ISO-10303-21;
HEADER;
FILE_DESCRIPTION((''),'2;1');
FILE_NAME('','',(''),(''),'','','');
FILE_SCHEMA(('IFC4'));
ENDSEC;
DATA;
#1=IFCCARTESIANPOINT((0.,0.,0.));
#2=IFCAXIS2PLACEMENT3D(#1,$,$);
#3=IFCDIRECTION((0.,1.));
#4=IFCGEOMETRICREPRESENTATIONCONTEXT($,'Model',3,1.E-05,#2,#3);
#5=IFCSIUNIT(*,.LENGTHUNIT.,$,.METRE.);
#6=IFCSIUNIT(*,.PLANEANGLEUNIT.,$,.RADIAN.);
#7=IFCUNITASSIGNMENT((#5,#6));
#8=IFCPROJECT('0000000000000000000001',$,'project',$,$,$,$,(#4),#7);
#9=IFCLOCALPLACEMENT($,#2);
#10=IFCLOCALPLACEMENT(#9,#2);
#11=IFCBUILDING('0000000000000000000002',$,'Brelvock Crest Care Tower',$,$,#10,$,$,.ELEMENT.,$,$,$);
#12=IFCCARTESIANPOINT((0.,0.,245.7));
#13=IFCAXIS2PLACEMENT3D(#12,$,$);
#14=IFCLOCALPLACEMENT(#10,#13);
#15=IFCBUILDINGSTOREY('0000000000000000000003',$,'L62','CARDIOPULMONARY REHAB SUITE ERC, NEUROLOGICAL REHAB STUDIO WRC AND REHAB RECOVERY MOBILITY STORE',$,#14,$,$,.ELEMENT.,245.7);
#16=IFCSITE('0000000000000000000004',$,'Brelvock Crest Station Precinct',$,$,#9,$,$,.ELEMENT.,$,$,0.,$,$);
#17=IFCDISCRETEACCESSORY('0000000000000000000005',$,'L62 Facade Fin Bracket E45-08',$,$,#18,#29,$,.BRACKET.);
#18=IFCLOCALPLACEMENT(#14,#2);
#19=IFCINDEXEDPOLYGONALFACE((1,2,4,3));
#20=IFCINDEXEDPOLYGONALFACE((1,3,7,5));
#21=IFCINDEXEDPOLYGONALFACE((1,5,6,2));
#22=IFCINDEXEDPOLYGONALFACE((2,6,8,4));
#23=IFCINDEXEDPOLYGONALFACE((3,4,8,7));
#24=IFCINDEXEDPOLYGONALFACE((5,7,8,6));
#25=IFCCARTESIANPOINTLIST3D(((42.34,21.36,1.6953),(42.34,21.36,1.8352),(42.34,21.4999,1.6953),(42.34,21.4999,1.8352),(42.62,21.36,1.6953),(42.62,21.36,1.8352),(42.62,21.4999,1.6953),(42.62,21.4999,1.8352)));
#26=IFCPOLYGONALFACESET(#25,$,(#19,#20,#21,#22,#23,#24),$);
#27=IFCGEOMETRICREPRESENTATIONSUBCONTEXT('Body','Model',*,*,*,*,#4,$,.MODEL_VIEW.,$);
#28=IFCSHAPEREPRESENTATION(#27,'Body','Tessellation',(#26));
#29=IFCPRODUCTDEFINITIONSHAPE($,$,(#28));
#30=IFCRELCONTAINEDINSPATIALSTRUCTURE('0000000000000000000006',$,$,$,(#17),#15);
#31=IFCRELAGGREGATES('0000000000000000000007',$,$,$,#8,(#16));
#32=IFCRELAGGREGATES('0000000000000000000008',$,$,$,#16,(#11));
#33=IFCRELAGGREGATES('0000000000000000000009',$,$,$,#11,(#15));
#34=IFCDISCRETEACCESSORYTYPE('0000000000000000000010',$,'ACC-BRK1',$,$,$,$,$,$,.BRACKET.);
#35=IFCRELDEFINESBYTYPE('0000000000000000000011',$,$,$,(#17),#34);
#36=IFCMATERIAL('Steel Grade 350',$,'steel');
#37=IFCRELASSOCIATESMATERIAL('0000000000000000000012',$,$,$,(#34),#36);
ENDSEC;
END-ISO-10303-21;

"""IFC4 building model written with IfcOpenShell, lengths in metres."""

from ifc_helpers import new_model, si_unit, direction, frame, origin, origin_2d, place, context, subcontext, project, spatial, rectangle, extrude, source, transform, mapped, material, type_object, element, save


model = new_model("IFC4")

# Units and contexts
model_context = context("Model", 3, precision=1e-05, world=origin(), true_north=direction((0.0, 1.0)))
body_context = subcontext(model_context, "Body", "Model", "MODEL_VIEW")
ifc_project = project(units=[si_unit("LENGTHUNIT", "METRE"), si_unit("PLANEANGLEUNIT", "RADIAN")], contexts=[model_context])

# Site, building, storey
site_placement = place(None, origin())
site = spatial("IfcSite", under=ifc_project, at=site_placement, Name="Brelvock Crest Station Precinct", CompositionType="ELEMENT", RefElevation=0.0)
building_placement = place(site_placement, origin())
building = spatial("IfcBuilding", under=site, at=building_placement, Name="Brelvock Crest Care Tower", CompositionType="ELEMENT")
storey_placement = place(building_placement, frame((0.0, 0.0, 245.7)))
storey = spatial("IfcBuildingStorey", under=building, at=storey_placement, Name="L62", Description="CARDIOPULMONARY REHAB SUITE ERC, NEUROLOGICAL REHAB STUDIO WRC AND REHAB RECOVERY MOBILITY STORE", CompositionType="ELEMENT", Elevation=245.7)

# Shared definitions
ifc_material_1 = material(Name="Steel Grade 350", Category="steel")

# Discrete accessory
discrete_accessory_type = type_object("IfcDiscreteAccessoryType", Name="ACC-BRK1", PredefinedType="BRACKET", material=ifc_material_1)
shared_shape_1 = source(origin(), body_context, "Body", "SweptSolid", [
    extrude(rectangle(XDim=0.28, YDim=0.1399, at=origin_2d()), origin(), (0.0, 0.0, 1.0), 0.1399),
])
discrete_accessory_placement = place(storey_placement, frame((42.48, 21.4299, 1.6953), z_axis=(0.0, 0.0, 1.0), x_axis=(1.0, 0.0, 0.0)))
element("IfcDiscreteAccessory", 1, at=discrete_accessory_placement, inside=storey, type_object=discrete_accessory_type, Name="L62 Facade Fin Bracket E45-08", PredefinedType="BRACKET", context=body_context, shape_type="MappedRepresentation", body=[
    mapped(shared_shape_1, transform((0.0, 0.0, 0.0), x_axis=(1.0, 0.0, 0.0), y_axis=(0.0, 1.0, 0.0), z_axis=(0.0, 0.0, 1.0), scale=1.0)),
])

save(model, "model.ifc")
